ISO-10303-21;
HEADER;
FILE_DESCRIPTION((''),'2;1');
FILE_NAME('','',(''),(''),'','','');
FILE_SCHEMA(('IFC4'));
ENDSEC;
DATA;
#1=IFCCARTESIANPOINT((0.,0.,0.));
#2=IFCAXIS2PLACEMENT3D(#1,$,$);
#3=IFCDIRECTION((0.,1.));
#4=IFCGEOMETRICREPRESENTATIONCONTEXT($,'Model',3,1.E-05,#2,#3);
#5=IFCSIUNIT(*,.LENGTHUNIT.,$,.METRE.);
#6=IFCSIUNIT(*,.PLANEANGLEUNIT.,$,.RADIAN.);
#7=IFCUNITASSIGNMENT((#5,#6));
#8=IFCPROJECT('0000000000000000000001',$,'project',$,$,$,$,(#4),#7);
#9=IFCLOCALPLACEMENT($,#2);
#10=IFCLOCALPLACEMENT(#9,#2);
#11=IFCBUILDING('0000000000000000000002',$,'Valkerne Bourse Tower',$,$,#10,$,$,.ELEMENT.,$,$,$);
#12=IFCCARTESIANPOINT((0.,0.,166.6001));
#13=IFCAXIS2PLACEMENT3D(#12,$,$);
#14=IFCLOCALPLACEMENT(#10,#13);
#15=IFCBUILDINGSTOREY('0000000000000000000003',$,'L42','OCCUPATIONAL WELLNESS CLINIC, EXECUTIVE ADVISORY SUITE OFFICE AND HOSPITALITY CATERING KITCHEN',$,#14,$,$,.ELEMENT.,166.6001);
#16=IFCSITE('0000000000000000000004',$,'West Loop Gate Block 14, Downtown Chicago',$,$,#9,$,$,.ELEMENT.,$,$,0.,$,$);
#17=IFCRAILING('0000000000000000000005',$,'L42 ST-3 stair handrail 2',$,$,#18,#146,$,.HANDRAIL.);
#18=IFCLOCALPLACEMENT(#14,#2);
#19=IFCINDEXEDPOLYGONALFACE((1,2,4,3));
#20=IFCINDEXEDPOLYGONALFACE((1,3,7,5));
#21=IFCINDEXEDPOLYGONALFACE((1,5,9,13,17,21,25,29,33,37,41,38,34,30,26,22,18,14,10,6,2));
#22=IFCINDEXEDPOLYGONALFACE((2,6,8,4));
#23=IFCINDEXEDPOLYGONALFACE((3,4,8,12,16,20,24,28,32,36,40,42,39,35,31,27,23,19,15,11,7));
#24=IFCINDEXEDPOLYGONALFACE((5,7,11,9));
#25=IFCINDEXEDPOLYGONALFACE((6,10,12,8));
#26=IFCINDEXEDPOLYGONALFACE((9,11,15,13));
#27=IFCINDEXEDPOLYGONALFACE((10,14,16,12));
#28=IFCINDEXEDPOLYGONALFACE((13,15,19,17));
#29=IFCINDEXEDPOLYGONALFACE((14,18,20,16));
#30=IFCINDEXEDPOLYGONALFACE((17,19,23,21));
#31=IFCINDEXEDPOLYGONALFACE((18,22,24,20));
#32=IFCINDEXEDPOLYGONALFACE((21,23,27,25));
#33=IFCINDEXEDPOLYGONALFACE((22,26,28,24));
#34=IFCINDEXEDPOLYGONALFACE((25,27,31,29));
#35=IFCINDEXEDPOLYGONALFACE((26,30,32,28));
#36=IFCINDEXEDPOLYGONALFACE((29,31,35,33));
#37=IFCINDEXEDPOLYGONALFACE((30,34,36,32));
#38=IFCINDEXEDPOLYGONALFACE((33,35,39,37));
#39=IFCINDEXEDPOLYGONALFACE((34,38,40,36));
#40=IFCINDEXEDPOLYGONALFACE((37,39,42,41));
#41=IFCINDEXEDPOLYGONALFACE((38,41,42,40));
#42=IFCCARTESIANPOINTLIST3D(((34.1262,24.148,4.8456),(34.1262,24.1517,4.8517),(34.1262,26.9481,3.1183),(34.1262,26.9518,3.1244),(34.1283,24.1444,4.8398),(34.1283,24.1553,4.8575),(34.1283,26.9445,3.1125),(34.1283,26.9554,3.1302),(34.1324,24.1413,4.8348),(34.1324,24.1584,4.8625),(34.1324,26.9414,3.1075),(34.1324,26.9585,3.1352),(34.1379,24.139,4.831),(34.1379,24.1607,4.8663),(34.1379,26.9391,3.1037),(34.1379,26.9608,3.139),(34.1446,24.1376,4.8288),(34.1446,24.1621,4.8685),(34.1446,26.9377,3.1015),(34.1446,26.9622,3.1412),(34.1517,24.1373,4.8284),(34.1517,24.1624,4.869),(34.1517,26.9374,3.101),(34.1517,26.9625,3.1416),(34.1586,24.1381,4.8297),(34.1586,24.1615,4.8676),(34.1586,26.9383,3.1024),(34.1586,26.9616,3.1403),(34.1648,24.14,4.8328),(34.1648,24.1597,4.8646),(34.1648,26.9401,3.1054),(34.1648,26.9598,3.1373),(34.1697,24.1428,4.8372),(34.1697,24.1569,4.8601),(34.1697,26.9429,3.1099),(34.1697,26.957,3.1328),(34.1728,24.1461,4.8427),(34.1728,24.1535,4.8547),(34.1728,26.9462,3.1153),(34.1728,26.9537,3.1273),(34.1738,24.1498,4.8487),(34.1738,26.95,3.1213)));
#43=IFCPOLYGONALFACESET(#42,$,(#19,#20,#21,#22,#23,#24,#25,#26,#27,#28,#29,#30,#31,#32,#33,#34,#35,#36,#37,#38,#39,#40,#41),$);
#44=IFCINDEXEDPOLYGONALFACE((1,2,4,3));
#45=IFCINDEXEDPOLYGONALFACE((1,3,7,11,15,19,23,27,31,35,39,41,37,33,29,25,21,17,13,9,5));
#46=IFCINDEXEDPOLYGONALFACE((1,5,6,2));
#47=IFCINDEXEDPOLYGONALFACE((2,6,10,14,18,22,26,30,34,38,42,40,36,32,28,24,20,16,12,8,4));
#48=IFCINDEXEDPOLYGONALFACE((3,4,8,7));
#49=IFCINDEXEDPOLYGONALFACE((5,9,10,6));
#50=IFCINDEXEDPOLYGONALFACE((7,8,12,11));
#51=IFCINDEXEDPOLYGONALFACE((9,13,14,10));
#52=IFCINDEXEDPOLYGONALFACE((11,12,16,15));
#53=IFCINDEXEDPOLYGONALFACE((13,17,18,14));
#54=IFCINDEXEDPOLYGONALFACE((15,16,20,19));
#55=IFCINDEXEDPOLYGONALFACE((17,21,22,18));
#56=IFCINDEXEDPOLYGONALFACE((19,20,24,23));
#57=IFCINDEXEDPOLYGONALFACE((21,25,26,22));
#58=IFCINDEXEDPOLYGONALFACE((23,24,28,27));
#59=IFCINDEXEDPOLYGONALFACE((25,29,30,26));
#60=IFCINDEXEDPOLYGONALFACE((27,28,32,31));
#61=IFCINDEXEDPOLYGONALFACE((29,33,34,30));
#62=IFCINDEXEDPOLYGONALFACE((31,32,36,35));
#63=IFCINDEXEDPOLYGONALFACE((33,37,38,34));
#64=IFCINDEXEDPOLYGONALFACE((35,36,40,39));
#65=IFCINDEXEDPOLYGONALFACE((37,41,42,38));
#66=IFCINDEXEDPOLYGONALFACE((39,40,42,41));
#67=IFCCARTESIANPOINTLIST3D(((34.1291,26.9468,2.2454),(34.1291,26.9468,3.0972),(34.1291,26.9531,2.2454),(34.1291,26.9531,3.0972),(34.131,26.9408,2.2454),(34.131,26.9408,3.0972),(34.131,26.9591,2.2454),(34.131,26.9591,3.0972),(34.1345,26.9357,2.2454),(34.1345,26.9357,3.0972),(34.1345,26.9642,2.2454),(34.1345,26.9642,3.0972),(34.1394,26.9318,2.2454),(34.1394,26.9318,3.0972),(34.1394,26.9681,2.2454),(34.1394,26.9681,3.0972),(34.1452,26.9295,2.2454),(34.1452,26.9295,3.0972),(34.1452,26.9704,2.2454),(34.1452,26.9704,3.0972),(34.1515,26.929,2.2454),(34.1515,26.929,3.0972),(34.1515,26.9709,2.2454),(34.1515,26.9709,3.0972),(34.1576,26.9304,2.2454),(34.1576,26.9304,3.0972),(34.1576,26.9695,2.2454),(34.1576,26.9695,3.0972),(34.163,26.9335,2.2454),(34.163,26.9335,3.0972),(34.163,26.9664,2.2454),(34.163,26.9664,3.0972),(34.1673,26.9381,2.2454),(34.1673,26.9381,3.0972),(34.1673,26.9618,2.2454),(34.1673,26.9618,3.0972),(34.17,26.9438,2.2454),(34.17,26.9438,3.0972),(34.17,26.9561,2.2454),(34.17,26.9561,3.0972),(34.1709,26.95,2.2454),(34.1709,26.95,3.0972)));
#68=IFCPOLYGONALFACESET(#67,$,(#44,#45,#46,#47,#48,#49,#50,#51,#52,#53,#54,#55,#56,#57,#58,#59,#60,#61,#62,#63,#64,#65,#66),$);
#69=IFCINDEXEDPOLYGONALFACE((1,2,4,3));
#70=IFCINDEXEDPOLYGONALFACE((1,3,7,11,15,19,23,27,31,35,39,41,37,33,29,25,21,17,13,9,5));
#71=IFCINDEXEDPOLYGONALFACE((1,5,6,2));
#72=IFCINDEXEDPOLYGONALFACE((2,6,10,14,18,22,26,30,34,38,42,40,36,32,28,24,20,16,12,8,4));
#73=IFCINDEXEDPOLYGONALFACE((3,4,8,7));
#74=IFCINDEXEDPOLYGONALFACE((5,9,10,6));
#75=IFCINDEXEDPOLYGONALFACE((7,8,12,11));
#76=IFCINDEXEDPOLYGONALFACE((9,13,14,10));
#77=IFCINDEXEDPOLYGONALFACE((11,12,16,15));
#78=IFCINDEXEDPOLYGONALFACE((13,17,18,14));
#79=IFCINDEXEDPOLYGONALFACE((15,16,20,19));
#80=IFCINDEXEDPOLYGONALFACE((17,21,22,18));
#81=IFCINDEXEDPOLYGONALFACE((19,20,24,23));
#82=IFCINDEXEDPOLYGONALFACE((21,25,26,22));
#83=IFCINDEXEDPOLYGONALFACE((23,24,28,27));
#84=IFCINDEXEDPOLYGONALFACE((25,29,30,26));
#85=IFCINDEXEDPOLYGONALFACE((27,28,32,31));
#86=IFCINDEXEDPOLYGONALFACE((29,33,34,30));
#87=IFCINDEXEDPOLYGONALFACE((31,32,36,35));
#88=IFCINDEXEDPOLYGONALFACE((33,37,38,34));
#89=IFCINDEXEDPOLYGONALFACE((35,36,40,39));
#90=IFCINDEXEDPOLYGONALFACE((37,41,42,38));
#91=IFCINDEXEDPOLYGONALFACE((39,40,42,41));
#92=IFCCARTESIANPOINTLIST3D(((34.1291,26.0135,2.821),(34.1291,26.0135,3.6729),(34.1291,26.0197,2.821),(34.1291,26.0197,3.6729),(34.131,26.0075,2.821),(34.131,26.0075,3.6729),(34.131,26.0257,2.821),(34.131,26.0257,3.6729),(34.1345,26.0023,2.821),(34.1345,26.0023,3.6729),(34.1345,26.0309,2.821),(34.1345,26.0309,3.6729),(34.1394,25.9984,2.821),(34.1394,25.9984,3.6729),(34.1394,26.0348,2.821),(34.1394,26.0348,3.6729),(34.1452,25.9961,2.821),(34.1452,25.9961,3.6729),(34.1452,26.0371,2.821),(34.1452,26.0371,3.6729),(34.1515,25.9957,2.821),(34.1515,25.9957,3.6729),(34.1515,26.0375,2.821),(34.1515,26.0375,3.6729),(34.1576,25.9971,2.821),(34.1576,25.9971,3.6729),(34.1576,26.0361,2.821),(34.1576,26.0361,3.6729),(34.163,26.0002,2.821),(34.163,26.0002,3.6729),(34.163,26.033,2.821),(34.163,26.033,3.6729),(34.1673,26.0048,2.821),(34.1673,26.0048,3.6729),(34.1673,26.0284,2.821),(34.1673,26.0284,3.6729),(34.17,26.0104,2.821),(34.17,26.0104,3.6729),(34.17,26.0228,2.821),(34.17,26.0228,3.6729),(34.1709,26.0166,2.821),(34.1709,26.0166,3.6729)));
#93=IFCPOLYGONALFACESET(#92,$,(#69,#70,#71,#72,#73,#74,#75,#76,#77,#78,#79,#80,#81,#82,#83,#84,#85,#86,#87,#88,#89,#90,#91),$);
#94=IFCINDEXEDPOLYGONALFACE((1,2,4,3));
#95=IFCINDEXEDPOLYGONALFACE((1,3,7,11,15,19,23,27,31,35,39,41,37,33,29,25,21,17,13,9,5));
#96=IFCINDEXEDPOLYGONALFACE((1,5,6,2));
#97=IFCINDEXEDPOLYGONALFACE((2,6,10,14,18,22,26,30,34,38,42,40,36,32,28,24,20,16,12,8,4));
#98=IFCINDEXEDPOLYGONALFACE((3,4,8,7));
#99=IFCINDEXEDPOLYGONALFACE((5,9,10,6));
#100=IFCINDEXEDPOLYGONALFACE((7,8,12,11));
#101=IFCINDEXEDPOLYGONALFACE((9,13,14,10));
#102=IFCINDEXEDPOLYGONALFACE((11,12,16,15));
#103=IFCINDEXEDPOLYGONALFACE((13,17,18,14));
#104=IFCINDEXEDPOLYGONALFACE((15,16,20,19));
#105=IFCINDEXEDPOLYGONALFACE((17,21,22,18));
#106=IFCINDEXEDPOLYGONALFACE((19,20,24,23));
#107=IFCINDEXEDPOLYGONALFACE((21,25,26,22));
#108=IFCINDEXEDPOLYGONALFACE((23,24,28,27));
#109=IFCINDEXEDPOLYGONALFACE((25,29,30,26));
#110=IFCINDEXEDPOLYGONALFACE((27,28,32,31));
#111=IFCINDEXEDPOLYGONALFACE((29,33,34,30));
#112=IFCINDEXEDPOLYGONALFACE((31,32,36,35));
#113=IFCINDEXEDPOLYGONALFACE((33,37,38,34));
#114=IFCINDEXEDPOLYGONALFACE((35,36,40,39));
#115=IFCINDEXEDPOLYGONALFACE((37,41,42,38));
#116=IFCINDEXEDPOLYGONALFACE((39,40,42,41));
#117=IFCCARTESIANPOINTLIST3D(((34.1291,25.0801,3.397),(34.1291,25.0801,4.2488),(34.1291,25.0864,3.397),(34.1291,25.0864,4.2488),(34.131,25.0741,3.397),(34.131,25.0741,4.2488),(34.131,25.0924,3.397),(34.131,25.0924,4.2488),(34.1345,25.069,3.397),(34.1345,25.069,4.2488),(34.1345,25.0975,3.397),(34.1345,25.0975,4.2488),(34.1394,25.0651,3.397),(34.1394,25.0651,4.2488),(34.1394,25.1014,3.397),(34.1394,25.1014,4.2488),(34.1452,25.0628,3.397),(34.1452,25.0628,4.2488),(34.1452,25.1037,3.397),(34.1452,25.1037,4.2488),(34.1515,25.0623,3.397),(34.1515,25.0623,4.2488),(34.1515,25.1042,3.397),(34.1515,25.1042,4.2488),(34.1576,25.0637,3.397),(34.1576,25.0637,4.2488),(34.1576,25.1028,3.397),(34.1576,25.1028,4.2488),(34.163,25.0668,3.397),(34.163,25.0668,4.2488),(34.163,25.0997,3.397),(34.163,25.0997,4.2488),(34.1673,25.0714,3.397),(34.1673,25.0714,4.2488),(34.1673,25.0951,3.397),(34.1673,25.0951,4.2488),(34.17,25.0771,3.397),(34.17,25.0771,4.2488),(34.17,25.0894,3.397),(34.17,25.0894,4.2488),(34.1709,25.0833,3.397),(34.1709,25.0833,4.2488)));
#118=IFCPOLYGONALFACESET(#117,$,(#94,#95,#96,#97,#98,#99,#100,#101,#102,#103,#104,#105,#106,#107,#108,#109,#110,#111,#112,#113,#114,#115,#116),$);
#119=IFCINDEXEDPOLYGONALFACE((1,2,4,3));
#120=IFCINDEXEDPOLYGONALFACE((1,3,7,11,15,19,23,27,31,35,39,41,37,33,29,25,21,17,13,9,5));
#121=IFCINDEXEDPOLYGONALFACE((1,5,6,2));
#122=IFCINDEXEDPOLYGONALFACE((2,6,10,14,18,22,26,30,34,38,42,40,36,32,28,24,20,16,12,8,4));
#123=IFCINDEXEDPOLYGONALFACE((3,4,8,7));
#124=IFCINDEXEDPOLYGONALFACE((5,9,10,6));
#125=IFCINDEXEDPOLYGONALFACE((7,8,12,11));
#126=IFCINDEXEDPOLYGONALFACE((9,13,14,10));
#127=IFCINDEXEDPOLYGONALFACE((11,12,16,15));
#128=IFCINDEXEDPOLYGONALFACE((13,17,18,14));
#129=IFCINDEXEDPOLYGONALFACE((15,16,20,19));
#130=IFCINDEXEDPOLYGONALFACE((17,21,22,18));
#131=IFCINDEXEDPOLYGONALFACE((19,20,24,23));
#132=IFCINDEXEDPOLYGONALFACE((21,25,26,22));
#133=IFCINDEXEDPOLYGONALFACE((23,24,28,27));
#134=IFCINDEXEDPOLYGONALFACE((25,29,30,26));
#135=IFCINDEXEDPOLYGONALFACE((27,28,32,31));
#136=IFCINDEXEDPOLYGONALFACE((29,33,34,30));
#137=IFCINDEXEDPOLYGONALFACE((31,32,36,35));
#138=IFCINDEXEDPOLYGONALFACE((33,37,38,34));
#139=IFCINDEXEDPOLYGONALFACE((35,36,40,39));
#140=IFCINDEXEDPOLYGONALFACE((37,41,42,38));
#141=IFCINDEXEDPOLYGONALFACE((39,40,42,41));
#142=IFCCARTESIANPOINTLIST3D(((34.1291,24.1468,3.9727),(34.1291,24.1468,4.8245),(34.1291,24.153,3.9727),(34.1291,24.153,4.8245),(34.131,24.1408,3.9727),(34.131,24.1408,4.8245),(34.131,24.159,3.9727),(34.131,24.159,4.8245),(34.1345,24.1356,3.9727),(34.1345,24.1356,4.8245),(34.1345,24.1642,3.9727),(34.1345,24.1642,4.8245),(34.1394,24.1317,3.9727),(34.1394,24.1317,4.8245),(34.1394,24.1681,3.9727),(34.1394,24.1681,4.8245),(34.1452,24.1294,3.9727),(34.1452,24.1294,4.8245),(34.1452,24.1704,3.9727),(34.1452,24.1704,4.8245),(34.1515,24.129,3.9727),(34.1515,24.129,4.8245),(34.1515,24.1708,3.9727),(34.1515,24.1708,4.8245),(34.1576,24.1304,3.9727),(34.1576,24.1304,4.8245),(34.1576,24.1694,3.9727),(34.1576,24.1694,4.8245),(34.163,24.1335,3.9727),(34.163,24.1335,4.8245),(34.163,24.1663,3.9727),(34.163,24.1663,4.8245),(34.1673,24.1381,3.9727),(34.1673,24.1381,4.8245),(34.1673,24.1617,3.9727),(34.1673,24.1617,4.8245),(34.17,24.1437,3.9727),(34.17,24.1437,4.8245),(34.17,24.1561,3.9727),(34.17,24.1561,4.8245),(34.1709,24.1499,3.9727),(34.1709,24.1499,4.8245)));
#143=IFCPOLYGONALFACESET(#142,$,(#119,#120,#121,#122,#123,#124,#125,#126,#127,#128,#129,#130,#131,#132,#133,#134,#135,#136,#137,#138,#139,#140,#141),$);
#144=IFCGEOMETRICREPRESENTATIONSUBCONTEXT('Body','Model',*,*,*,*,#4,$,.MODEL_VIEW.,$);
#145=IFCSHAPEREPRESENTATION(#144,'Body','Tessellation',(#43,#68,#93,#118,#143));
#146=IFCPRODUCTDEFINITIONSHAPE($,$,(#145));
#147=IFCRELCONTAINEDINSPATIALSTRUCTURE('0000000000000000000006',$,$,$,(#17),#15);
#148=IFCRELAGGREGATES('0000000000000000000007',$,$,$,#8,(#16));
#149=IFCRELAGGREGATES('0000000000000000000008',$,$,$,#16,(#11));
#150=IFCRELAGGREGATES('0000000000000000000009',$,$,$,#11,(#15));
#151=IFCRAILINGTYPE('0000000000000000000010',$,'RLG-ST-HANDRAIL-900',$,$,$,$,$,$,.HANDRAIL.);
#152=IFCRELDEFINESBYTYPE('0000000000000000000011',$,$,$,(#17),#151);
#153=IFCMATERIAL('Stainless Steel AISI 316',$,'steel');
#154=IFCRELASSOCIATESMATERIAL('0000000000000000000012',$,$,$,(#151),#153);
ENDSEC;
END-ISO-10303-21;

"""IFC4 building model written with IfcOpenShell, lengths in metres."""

from ifc_helpers import new_model, si_unit, direction, frame, origin, origin_2d, place, context, subcontext, project, spatial, circle, extrude, material, type_object, element, save


model = new_model("IFC4")

# Units and contexts
model_context = context("Model", 3, precision=1e-05, world=origin(), true_north=direction((0.0, 1.0)))
body_context = subcontext(model_context, "Body", "Model", "MODEL_VIEW")
ifc_project = project(units=[si_unit("LENGTHUNIT", "METRE"), si_unit("PLANEANGLEUNIT", "RADIAN")], contexts=[model_context])

# Site, building, storey
site_placement = place(None, origin())
site = spatial("IfcSite", under=ifc_project, at=site_placement, Name="West Loop Gate Block 14, Downtown Chicago", CompositionType="ELEMENT", RefElevation=0.0)
building_placement = place(site_placement, origin())
building = spatial("IfcBuilding", under=site, at=building_placement, Name="Valkerne Bourse Tower", CompositionType="ELEMENT")
storey_placement = place(building_placement, frame((0.0, 0.0, 166.6001)))
storey = spatial("IfcBuildingStorey", under=building, at=storey_placement, Name="L42", Description="OCCUPATIONAL WELLNESS CLINIC, EXECUTIVE ADVISORY SUITE OFFICE AND HOSPITALITY CATERING KITCHEN", CompositionType="ELEMENT", Elevation=166.6001)

# Railing
ifc_material_1 = material(Name="Stainless Steel AISI 316", Category="steel")
railing_type_1 = type_object("IfcRailingType", Name="RLG-ST-HANDRAIL-900", PredefinedType="HANDRAIL", material=ifc_material_1)
railing_1_placement = place(storey_placement, frame((34.1499, 26.95, 2.2454)))
element("IfcRailing", 1, at=railing_1_placement, inside=storey, type_object=railing_type_1, Name="L42 ST-3 stair handrail 2", PredefinedType="HANDRAIL", context=body_context, shape_type="SweptSolid", body=[
    extrude(circle(Radius=0.0239, at=origin_2d()), frame((0.0, 0.0, 0.876), z_axis=(0.0, -0.85109, 0.52502), x_axis=(1.0, 0.0, 0.0)), (0.0, 0.0, 1.0), 3.29),
    extrude(circle(Radius=0.021, at=origin_2d()), origin(), (0.0, 0.0, 1.0), 0.8518),
    extrude(circle(Radius=0.021, at=origin_2d()), frame((0.0, -0.9333, 0.5757)), (0.0, 0.0, 1.0), 0.8518),
    extrude(circle(Radius=0.021, at=origin_2d()), frame((0.0, -1.8667, 1.1516)), (0.0, 0.0, 1.0), 0.8518),
    extrude(circle(Radius=0.021, at=origin_2d()), frame((0.0, -2.8, 1.7273)), (0.0, 0.0, 1.0), 0.8518),
])

save(model, "model.ifc")
